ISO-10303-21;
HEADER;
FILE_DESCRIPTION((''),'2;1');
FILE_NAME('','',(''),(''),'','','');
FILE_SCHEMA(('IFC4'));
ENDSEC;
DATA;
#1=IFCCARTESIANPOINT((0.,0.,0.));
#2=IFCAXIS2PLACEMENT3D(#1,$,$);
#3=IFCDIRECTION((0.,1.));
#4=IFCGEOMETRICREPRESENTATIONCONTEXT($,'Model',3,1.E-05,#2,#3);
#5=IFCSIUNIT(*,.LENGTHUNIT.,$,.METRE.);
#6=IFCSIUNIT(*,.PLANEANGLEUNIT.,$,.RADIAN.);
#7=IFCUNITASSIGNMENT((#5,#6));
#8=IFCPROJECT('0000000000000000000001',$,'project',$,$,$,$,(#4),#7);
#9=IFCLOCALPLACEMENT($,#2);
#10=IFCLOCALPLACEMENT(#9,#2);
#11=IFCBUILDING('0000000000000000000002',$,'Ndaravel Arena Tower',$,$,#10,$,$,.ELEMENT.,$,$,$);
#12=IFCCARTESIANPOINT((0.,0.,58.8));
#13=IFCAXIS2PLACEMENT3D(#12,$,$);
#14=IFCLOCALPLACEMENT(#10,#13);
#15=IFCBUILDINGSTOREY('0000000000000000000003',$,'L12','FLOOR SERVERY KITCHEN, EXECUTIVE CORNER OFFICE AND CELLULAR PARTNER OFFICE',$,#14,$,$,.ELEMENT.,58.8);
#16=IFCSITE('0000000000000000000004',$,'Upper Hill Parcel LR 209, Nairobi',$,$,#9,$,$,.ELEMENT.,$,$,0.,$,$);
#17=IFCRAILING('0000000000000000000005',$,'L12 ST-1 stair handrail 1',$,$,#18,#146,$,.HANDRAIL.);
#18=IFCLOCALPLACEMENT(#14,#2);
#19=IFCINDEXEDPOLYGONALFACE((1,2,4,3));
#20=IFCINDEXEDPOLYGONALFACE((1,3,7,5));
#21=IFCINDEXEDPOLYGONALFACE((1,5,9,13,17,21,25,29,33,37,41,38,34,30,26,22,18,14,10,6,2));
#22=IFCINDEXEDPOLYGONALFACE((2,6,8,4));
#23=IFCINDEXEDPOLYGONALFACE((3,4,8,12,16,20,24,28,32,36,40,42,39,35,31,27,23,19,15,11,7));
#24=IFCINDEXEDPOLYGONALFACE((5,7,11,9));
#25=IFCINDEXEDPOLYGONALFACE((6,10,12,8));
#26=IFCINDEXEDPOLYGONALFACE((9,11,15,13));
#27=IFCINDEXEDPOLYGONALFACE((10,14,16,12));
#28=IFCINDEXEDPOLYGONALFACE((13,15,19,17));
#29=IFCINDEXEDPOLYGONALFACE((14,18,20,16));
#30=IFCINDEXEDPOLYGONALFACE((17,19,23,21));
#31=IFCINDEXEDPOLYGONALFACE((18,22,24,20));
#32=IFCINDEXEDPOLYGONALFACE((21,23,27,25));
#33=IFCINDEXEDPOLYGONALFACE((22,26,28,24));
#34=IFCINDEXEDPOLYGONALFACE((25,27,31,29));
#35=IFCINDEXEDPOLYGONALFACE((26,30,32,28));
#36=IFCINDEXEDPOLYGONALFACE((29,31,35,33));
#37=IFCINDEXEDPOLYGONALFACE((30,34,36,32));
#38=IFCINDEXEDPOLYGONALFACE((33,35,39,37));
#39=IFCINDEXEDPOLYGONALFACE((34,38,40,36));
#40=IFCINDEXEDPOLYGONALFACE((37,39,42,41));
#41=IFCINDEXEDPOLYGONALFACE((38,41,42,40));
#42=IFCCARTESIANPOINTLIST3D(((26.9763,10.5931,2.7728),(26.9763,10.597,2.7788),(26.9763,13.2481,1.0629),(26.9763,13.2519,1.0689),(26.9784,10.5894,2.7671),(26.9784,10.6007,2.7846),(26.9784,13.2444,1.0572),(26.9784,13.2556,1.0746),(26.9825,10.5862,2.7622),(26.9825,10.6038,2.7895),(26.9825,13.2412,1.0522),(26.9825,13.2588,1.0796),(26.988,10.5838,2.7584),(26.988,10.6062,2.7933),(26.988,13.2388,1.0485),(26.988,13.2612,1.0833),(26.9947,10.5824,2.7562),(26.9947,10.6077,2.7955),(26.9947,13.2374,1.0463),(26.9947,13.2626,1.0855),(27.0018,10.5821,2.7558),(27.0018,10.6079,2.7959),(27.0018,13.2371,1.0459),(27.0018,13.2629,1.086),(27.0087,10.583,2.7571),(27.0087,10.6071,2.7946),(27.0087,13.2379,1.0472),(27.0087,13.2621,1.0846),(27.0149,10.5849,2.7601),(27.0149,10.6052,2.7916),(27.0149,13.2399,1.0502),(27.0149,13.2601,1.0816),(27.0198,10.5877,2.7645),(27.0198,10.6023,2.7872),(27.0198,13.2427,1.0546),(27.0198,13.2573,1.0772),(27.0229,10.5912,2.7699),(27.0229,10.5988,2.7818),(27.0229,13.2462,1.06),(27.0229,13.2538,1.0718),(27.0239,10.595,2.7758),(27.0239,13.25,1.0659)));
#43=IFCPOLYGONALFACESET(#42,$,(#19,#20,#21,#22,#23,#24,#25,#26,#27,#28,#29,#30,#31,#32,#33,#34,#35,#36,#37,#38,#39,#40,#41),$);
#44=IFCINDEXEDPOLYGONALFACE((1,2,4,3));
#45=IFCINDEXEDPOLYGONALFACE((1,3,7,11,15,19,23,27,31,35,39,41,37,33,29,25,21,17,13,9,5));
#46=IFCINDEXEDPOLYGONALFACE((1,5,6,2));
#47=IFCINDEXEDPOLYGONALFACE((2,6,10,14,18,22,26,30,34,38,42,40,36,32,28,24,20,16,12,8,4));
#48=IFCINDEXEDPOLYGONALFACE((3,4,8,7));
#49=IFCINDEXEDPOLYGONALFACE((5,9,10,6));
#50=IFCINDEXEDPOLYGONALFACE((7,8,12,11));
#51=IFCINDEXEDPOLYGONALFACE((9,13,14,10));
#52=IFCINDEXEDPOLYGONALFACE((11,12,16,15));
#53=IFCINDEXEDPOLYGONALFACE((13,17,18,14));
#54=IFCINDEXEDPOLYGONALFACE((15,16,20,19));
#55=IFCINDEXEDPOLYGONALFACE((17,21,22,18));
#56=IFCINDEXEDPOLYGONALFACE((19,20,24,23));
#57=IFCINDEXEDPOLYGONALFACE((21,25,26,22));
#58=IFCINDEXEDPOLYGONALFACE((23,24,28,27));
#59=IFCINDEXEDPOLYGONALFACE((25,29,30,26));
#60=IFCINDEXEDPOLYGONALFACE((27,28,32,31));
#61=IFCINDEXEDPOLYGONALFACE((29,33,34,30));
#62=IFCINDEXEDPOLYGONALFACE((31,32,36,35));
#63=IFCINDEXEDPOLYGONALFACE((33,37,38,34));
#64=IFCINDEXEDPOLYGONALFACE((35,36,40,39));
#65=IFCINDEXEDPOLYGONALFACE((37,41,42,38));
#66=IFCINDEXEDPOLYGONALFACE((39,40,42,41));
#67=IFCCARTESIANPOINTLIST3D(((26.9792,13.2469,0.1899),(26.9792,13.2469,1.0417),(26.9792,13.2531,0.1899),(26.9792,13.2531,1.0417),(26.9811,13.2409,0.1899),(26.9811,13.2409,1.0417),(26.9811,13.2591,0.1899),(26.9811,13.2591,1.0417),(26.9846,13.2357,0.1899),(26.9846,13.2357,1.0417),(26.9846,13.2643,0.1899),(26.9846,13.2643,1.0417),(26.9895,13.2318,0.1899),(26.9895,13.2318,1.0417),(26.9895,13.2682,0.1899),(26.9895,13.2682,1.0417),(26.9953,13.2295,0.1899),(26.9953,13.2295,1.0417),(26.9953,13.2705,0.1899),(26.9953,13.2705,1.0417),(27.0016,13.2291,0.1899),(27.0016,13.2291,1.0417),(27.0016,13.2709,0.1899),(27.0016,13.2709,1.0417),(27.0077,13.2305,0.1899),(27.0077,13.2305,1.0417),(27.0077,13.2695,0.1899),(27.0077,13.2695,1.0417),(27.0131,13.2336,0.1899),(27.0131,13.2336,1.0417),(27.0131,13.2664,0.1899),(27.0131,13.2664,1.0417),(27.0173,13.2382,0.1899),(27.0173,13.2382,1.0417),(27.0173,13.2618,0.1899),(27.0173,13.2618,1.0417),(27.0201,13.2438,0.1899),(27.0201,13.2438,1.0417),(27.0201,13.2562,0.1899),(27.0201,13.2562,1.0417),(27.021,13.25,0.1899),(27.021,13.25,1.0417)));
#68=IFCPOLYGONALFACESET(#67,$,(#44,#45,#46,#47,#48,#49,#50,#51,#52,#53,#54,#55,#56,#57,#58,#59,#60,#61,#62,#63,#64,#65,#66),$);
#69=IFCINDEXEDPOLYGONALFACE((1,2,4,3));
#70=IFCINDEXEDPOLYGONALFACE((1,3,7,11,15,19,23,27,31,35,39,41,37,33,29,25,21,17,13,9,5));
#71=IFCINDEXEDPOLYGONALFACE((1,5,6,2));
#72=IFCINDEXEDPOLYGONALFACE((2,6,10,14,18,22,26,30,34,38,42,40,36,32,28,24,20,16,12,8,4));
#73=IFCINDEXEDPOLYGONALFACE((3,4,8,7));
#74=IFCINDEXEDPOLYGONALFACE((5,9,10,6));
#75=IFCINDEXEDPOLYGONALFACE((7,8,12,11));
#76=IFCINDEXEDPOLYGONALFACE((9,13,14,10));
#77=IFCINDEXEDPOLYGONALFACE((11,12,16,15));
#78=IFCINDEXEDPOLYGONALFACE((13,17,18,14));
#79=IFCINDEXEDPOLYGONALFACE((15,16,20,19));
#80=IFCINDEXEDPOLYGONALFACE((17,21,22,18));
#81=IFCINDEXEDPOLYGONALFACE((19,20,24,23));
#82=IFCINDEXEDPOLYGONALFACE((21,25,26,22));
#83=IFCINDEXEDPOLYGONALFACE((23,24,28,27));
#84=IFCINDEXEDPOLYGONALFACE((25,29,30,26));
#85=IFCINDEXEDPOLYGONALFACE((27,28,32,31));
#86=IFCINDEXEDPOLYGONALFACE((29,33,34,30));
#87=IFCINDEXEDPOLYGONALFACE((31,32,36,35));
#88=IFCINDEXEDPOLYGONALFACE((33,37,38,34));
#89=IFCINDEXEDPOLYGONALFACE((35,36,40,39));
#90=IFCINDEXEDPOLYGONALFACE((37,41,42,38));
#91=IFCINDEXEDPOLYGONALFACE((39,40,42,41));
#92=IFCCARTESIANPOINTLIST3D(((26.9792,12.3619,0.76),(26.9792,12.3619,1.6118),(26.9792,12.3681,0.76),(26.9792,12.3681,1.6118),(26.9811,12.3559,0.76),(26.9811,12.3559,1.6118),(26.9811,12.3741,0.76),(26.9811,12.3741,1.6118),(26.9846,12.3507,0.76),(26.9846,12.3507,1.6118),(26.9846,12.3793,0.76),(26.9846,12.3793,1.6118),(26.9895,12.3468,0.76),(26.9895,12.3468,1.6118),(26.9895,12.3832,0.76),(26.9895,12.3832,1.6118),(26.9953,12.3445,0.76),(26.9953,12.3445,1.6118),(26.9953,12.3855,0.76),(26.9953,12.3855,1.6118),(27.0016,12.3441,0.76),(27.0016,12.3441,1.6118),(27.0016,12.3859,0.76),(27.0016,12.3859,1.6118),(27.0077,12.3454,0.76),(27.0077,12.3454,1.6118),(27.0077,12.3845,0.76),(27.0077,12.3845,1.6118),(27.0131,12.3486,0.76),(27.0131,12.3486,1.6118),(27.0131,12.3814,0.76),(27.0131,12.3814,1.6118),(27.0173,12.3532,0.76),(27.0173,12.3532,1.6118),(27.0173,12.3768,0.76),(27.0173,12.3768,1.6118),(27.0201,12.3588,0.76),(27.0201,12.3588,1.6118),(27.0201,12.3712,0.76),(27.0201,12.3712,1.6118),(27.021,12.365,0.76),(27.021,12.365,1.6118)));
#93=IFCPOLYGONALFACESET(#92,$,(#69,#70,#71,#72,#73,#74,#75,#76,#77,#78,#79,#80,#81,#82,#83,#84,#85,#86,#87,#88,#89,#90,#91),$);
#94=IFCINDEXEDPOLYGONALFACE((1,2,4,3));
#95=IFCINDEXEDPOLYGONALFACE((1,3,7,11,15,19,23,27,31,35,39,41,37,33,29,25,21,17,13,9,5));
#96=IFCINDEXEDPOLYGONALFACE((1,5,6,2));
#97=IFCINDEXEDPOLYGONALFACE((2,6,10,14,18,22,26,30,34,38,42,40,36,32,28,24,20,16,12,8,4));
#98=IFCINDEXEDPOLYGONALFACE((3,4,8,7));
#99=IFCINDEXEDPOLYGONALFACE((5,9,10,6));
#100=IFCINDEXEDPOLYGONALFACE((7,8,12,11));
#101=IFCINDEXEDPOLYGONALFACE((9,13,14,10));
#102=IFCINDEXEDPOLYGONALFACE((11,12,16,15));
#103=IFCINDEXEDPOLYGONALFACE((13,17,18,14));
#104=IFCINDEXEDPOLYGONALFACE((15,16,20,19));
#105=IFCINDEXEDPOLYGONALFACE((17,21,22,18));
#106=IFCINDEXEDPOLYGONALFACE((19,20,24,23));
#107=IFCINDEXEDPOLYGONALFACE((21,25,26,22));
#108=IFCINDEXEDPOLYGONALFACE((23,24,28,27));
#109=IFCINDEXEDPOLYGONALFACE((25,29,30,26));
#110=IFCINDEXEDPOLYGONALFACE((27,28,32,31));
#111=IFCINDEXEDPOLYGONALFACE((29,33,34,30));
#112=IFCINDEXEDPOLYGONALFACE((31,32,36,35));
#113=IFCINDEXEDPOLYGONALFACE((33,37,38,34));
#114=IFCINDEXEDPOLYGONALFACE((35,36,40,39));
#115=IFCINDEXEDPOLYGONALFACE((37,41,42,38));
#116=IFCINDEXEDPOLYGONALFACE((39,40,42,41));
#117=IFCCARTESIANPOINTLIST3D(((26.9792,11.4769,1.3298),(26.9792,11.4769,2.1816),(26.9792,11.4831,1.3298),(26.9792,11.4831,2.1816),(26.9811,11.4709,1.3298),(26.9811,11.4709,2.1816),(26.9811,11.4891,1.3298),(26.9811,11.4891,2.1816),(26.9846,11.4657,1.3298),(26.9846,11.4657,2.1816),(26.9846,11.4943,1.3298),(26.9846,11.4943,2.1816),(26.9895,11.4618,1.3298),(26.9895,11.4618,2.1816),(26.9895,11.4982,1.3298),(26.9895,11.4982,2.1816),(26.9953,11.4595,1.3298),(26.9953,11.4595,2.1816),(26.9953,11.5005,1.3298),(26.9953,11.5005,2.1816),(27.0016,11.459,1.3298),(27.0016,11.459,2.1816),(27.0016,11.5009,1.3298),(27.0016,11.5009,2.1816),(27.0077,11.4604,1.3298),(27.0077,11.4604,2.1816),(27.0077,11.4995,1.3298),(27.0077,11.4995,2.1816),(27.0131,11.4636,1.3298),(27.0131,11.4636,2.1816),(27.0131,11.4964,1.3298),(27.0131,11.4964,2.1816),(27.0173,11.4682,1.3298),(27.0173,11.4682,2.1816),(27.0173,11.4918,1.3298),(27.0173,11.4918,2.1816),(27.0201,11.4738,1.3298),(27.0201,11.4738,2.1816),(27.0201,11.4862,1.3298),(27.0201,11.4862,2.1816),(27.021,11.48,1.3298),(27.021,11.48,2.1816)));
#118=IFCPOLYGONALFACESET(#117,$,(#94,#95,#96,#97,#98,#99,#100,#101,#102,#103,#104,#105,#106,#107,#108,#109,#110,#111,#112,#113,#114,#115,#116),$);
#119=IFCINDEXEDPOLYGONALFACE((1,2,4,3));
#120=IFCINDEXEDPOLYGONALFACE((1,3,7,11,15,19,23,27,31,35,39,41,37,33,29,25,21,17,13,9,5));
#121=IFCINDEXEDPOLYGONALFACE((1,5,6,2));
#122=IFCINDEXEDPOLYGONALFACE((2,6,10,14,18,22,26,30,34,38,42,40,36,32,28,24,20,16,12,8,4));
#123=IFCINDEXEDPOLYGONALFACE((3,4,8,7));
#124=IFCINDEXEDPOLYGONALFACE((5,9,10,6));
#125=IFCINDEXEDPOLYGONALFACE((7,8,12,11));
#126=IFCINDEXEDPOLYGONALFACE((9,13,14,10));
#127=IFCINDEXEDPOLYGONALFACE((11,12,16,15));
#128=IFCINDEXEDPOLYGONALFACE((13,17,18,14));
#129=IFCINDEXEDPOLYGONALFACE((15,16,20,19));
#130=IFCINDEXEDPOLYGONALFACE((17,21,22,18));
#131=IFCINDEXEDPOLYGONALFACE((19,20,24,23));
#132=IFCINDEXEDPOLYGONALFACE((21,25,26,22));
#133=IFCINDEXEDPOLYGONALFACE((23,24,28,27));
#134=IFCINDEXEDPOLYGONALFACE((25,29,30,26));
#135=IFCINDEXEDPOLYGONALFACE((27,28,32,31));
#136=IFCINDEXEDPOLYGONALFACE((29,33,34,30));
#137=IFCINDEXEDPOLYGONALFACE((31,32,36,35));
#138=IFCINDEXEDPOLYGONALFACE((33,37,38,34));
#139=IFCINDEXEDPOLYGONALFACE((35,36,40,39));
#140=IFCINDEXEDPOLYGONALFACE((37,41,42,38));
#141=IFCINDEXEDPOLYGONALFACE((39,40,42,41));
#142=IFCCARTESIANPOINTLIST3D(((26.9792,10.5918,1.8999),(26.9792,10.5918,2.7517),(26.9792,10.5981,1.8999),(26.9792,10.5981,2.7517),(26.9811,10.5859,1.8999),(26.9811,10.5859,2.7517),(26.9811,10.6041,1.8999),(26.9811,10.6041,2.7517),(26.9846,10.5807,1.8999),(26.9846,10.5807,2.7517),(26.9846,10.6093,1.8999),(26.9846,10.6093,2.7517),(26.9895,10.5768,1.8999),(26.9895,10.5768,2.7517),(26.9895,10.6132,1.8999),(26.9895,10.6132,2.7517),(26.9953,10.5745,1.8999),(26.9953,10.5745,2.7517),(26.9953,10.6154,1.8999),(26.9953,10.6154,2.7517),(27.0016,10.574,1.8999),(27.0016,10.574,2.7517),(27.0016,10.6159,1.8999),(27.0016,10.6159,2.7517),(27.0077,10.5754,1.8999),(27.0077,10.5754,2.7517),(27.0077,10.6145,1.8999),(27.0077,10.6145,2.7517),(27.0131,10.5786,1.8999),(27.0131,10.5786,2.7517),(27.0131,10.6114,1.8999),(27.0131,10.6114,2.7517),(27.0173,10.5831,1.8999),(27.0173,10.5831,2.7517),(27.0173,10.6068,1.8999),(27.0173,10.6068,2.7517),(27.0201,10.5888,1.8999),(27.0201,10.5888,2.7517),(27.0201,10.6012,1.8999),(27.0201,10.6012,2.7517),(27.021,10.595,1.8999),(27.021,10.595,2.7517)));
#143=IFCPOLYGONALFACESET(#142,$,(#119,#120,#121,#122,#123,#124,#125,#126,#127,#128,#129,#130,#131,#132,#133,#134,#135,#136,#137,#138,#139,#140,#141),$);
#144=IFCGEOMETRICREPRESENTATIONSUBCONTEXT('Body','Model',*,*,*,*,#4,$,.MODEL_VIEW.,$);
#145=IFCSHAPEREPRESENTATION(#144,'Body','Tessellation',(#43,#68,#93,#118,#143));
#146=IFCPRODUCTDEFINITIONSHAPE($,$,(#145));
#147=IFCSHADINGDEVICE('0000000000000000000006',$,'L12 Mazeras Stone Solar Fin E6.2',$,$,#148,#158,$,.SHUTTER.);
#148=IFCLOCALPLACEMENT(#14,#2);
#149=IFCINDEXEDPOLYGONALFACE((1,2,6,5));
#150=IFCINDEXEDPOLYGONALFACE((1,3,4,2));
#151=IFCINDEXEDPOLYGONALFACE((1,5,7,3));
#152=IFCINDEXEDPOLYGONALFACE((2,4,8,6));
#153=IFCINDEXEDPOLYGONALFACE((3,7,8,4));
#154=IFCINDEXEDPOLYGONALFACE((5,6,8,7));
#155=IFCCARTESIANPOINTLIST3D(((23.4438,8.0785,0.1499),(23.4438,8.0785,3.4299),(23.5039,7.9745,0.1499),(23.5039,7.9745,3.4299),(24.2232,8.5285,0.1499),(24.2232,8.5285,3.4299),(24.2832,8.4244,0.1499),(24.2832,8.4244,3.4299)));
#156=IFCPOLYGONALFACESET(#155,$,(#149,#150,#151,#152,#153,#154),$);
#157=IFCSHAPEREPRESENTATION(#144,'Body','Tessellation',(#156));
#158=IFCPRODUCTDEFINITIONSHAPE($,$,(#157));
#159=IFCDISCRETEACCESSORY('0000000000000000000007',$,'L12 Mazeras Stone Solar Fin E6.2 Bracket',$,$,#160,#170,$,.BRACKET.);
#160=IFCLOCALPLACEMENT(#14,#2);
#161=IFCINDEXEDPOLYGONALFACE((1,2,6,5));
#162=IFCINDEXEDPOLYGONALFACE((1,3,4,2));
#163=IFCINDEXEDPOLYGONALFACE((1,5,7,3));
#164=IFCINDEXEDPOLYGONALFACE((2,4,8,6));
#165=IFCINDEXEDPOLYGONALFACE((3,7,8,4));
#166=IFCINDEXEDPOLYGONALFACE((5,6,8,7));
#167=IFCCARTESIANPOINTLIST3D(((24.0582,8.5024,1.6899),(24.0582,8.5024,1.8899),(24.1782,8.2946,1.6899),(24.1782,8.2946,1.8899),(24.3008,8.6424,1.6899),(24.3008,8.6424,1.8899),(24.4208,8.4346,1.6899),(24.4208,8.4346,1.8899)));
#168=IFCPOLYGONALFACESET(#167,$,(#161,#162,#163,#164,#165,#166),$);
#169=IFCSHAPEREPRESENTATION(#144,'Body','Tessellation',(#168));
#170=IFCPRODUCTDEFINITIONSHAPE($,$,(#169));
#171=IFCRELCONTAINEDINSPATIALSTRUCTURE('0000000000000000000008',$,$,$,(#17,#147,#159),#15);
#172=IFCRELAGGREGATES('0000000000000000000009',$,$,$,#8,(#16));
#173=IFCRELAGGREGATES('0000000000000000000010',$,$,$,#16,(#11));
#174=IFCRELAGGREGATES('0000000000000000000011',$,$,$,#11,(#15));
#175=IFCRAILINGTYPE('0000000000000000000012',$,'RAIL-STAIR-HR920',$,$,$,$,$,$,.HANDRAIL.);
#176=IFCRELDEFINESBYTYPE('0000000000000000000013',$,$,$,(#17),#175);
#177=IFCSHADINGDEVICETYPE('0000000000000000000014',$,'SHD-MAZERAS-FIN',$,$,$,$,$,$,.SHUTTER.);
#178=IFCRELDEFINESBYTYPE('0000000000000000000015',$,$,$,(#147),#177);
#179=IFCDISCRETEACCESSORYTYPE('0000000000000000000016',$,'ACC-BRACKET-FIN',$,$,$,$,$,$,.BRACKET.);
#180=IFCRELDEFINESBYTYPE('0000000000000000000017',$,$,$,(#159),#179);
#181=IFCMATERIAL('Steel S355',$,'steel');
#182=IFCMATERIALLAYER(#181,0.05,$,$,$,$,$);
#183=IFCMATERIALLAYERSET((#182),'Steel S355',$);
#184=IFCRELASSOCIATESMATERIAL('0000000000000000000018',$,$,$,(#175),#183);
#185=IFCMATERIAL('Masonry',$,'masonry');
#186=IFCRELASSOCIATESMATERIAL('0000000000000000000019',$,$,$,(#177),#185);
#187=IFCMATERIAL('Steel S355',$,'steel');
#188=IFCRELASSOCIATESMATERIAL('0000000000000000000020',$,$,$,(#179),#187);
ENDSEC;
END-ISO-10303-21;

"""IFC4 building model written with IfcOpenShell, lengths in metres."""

from ifc_helpers import new_model, si_unit, direction, frame, origin, origin_2d, place, context, subcontext, project, spatial, rectangle, circle, extrude, material, layer, layer_set, type_object, element, save


model = new_model("IFC4")

# Units and contexts
model_context = context("Model", 3, precision=1e-05, world=origin(), true_north=direction((0.0, 1.0)))
body_context = subcontext(model_context, "Body", "Model", "MODEL_VIEW")
ifc_project = project(units=[si_unit("LENGTHUNIT", "METRE"), si_unit("PLANEANGLEUNIT", "RADIAN")], contexts=[model_context])

# Site, building, storey
site_placement = place(None, origin())
site = spatial("IfcSite", under=ifc_project, at=site_placement, Name="Upper Hill Parcel LR 209, Nairobi", CompositionType="ELEMENT", RefElevation=0.0)
building_placement = place(site_placement, origin())
building = spatial("IfcBuilding", under=site, at=building_placement, Name="Ndaravel Arena Tower", CompositionType="ELEMENT")
storey_placement = place(building_placement, frame((0.0, 0.0, 58.8)))
storey = spatial("IfcBuildingStorey", under=building, at=storey_placement, Name="L12", Description="FLOOR SERVERY KITCHEN, EXECUTIVE CORNER OFFICE AND CELLULAR PARTNER OFFICE", CompositionType="ELEMENT", Elevation=58.8)

# Railing
ifc_material_1 = material(Name="Steel S355", Category="steel")
ifc_layer_1 = layer(ifc_material_1, 0.05)
ifc_layer_set_1 = layer_set([ifc_layer_1], Name="Steel S355")
railing_type_1 = type_object("IfcRailingType", Name="RAIL-STAIR-HR920", PredefinedType="HANDRAIL", material=ifc_layer_set_1)
railing_1_placement = place(storey_placement, frame((27.0, 13.25, 0.1899)))
element("IfcRailing", 1, at=railing_1_placement, inside=storey, type_object=railing_type_1, Name="L12 ST-1 stair handrail 1", PredefinedType="HANDRAIL", context=body_context, shape_type="SweptSolid", body=[
    extrude(circle(Radius=0.0239, at=origin_2d()), frame((0.0, 0.0, 0.876), z_axis=(0.0, -0.840724, 0.541465), x_axis=(1.0, 0.0, 0.0)), (0.0, 0.0, 1.0), 3.158),
    extrude(circle(Radius=0.021, at=origin_2d()), origin(), (0.0, 0.0, 1.0), 0.8518),
    extrude(circle(Radius=0.021, at=origin_2d()), frame((0.0, -0.885, 0.5701)), (0.0, 0.0, 1.0), 0.8518),
    extrude(circle(Radius=0.021, at=origin_2d()), frame((0.0, -1.77, 1.1399)), (0.0, 0.0, 1.0), 0.8518),
    extrude(circle(Radius=0.021, at=origin_2d()), frame((0.0, -2.655, 1.71)), (0.0, 0.0, 1.0), 0.8518),
])

# Shading device
ifc_material_2 = material(Name="Masonry", Category="masonry")
shading_device_type = type_object("IfcShadingDeviceType", Name="SHD-MAZERAS-FIN", PredefinedType="SHUTTER", material=ifc_material_2)
shading_device_placement = place(storey_placement, frame((23.8635, 8.2515, 0.1499), z_axis=(0.0, 0.0, 1.0), x_axis=(-0.866025, -0.5, 0.0)))
element("IfcShadingDevice", 2, at=shading_device_placement, inside=storey, type_object=shading_device_type, Name="L12 Mazeras Stone Solar Fin E6.2", PredefinedType="SHUTTER", context=body_context, shape_type="SweptSolid", body=[
    extrude(rectangle(XDim=0.8999, YDim=0.1201, at=origin_2d()), origin(), (0.0, 0.0, 1.0), 3.28),
])

# Discrete accessory
ifc_material_3 = material(Name="Steel S355", Category="steel")
discrete_accessory_type = type_object("IfcDiscreteAccessoryType", Name="ACC-BRACKET-FIN", PredefinedType="BRACKET", material=ifc_material_3)
discrete_accessory_placement = place(storey_placement, frame((24.2395, 8.4685, 1.6899), z_axis=(0.0, 0.0, 1.0), x_axis=(-0.866025, -0.5, 0.0)))
element("IfcDiscreteAccessory", 3, at=discrete_accessory_placement, inside=storey, type_object=discrete_accessory_type, Name="L12 Mazeras Stone Solar Fin E6.2 Bracket", PredefinedType="BRACKET", context=body_context, shape_type="SweptSolid", body=[
    extrude(rectangle(XDim=0.28, YDim=0.24, at=origin_2d()), origin(), (0.0, 0.0, 1.0), 0.2),
])

save(model, "model.ifc")
